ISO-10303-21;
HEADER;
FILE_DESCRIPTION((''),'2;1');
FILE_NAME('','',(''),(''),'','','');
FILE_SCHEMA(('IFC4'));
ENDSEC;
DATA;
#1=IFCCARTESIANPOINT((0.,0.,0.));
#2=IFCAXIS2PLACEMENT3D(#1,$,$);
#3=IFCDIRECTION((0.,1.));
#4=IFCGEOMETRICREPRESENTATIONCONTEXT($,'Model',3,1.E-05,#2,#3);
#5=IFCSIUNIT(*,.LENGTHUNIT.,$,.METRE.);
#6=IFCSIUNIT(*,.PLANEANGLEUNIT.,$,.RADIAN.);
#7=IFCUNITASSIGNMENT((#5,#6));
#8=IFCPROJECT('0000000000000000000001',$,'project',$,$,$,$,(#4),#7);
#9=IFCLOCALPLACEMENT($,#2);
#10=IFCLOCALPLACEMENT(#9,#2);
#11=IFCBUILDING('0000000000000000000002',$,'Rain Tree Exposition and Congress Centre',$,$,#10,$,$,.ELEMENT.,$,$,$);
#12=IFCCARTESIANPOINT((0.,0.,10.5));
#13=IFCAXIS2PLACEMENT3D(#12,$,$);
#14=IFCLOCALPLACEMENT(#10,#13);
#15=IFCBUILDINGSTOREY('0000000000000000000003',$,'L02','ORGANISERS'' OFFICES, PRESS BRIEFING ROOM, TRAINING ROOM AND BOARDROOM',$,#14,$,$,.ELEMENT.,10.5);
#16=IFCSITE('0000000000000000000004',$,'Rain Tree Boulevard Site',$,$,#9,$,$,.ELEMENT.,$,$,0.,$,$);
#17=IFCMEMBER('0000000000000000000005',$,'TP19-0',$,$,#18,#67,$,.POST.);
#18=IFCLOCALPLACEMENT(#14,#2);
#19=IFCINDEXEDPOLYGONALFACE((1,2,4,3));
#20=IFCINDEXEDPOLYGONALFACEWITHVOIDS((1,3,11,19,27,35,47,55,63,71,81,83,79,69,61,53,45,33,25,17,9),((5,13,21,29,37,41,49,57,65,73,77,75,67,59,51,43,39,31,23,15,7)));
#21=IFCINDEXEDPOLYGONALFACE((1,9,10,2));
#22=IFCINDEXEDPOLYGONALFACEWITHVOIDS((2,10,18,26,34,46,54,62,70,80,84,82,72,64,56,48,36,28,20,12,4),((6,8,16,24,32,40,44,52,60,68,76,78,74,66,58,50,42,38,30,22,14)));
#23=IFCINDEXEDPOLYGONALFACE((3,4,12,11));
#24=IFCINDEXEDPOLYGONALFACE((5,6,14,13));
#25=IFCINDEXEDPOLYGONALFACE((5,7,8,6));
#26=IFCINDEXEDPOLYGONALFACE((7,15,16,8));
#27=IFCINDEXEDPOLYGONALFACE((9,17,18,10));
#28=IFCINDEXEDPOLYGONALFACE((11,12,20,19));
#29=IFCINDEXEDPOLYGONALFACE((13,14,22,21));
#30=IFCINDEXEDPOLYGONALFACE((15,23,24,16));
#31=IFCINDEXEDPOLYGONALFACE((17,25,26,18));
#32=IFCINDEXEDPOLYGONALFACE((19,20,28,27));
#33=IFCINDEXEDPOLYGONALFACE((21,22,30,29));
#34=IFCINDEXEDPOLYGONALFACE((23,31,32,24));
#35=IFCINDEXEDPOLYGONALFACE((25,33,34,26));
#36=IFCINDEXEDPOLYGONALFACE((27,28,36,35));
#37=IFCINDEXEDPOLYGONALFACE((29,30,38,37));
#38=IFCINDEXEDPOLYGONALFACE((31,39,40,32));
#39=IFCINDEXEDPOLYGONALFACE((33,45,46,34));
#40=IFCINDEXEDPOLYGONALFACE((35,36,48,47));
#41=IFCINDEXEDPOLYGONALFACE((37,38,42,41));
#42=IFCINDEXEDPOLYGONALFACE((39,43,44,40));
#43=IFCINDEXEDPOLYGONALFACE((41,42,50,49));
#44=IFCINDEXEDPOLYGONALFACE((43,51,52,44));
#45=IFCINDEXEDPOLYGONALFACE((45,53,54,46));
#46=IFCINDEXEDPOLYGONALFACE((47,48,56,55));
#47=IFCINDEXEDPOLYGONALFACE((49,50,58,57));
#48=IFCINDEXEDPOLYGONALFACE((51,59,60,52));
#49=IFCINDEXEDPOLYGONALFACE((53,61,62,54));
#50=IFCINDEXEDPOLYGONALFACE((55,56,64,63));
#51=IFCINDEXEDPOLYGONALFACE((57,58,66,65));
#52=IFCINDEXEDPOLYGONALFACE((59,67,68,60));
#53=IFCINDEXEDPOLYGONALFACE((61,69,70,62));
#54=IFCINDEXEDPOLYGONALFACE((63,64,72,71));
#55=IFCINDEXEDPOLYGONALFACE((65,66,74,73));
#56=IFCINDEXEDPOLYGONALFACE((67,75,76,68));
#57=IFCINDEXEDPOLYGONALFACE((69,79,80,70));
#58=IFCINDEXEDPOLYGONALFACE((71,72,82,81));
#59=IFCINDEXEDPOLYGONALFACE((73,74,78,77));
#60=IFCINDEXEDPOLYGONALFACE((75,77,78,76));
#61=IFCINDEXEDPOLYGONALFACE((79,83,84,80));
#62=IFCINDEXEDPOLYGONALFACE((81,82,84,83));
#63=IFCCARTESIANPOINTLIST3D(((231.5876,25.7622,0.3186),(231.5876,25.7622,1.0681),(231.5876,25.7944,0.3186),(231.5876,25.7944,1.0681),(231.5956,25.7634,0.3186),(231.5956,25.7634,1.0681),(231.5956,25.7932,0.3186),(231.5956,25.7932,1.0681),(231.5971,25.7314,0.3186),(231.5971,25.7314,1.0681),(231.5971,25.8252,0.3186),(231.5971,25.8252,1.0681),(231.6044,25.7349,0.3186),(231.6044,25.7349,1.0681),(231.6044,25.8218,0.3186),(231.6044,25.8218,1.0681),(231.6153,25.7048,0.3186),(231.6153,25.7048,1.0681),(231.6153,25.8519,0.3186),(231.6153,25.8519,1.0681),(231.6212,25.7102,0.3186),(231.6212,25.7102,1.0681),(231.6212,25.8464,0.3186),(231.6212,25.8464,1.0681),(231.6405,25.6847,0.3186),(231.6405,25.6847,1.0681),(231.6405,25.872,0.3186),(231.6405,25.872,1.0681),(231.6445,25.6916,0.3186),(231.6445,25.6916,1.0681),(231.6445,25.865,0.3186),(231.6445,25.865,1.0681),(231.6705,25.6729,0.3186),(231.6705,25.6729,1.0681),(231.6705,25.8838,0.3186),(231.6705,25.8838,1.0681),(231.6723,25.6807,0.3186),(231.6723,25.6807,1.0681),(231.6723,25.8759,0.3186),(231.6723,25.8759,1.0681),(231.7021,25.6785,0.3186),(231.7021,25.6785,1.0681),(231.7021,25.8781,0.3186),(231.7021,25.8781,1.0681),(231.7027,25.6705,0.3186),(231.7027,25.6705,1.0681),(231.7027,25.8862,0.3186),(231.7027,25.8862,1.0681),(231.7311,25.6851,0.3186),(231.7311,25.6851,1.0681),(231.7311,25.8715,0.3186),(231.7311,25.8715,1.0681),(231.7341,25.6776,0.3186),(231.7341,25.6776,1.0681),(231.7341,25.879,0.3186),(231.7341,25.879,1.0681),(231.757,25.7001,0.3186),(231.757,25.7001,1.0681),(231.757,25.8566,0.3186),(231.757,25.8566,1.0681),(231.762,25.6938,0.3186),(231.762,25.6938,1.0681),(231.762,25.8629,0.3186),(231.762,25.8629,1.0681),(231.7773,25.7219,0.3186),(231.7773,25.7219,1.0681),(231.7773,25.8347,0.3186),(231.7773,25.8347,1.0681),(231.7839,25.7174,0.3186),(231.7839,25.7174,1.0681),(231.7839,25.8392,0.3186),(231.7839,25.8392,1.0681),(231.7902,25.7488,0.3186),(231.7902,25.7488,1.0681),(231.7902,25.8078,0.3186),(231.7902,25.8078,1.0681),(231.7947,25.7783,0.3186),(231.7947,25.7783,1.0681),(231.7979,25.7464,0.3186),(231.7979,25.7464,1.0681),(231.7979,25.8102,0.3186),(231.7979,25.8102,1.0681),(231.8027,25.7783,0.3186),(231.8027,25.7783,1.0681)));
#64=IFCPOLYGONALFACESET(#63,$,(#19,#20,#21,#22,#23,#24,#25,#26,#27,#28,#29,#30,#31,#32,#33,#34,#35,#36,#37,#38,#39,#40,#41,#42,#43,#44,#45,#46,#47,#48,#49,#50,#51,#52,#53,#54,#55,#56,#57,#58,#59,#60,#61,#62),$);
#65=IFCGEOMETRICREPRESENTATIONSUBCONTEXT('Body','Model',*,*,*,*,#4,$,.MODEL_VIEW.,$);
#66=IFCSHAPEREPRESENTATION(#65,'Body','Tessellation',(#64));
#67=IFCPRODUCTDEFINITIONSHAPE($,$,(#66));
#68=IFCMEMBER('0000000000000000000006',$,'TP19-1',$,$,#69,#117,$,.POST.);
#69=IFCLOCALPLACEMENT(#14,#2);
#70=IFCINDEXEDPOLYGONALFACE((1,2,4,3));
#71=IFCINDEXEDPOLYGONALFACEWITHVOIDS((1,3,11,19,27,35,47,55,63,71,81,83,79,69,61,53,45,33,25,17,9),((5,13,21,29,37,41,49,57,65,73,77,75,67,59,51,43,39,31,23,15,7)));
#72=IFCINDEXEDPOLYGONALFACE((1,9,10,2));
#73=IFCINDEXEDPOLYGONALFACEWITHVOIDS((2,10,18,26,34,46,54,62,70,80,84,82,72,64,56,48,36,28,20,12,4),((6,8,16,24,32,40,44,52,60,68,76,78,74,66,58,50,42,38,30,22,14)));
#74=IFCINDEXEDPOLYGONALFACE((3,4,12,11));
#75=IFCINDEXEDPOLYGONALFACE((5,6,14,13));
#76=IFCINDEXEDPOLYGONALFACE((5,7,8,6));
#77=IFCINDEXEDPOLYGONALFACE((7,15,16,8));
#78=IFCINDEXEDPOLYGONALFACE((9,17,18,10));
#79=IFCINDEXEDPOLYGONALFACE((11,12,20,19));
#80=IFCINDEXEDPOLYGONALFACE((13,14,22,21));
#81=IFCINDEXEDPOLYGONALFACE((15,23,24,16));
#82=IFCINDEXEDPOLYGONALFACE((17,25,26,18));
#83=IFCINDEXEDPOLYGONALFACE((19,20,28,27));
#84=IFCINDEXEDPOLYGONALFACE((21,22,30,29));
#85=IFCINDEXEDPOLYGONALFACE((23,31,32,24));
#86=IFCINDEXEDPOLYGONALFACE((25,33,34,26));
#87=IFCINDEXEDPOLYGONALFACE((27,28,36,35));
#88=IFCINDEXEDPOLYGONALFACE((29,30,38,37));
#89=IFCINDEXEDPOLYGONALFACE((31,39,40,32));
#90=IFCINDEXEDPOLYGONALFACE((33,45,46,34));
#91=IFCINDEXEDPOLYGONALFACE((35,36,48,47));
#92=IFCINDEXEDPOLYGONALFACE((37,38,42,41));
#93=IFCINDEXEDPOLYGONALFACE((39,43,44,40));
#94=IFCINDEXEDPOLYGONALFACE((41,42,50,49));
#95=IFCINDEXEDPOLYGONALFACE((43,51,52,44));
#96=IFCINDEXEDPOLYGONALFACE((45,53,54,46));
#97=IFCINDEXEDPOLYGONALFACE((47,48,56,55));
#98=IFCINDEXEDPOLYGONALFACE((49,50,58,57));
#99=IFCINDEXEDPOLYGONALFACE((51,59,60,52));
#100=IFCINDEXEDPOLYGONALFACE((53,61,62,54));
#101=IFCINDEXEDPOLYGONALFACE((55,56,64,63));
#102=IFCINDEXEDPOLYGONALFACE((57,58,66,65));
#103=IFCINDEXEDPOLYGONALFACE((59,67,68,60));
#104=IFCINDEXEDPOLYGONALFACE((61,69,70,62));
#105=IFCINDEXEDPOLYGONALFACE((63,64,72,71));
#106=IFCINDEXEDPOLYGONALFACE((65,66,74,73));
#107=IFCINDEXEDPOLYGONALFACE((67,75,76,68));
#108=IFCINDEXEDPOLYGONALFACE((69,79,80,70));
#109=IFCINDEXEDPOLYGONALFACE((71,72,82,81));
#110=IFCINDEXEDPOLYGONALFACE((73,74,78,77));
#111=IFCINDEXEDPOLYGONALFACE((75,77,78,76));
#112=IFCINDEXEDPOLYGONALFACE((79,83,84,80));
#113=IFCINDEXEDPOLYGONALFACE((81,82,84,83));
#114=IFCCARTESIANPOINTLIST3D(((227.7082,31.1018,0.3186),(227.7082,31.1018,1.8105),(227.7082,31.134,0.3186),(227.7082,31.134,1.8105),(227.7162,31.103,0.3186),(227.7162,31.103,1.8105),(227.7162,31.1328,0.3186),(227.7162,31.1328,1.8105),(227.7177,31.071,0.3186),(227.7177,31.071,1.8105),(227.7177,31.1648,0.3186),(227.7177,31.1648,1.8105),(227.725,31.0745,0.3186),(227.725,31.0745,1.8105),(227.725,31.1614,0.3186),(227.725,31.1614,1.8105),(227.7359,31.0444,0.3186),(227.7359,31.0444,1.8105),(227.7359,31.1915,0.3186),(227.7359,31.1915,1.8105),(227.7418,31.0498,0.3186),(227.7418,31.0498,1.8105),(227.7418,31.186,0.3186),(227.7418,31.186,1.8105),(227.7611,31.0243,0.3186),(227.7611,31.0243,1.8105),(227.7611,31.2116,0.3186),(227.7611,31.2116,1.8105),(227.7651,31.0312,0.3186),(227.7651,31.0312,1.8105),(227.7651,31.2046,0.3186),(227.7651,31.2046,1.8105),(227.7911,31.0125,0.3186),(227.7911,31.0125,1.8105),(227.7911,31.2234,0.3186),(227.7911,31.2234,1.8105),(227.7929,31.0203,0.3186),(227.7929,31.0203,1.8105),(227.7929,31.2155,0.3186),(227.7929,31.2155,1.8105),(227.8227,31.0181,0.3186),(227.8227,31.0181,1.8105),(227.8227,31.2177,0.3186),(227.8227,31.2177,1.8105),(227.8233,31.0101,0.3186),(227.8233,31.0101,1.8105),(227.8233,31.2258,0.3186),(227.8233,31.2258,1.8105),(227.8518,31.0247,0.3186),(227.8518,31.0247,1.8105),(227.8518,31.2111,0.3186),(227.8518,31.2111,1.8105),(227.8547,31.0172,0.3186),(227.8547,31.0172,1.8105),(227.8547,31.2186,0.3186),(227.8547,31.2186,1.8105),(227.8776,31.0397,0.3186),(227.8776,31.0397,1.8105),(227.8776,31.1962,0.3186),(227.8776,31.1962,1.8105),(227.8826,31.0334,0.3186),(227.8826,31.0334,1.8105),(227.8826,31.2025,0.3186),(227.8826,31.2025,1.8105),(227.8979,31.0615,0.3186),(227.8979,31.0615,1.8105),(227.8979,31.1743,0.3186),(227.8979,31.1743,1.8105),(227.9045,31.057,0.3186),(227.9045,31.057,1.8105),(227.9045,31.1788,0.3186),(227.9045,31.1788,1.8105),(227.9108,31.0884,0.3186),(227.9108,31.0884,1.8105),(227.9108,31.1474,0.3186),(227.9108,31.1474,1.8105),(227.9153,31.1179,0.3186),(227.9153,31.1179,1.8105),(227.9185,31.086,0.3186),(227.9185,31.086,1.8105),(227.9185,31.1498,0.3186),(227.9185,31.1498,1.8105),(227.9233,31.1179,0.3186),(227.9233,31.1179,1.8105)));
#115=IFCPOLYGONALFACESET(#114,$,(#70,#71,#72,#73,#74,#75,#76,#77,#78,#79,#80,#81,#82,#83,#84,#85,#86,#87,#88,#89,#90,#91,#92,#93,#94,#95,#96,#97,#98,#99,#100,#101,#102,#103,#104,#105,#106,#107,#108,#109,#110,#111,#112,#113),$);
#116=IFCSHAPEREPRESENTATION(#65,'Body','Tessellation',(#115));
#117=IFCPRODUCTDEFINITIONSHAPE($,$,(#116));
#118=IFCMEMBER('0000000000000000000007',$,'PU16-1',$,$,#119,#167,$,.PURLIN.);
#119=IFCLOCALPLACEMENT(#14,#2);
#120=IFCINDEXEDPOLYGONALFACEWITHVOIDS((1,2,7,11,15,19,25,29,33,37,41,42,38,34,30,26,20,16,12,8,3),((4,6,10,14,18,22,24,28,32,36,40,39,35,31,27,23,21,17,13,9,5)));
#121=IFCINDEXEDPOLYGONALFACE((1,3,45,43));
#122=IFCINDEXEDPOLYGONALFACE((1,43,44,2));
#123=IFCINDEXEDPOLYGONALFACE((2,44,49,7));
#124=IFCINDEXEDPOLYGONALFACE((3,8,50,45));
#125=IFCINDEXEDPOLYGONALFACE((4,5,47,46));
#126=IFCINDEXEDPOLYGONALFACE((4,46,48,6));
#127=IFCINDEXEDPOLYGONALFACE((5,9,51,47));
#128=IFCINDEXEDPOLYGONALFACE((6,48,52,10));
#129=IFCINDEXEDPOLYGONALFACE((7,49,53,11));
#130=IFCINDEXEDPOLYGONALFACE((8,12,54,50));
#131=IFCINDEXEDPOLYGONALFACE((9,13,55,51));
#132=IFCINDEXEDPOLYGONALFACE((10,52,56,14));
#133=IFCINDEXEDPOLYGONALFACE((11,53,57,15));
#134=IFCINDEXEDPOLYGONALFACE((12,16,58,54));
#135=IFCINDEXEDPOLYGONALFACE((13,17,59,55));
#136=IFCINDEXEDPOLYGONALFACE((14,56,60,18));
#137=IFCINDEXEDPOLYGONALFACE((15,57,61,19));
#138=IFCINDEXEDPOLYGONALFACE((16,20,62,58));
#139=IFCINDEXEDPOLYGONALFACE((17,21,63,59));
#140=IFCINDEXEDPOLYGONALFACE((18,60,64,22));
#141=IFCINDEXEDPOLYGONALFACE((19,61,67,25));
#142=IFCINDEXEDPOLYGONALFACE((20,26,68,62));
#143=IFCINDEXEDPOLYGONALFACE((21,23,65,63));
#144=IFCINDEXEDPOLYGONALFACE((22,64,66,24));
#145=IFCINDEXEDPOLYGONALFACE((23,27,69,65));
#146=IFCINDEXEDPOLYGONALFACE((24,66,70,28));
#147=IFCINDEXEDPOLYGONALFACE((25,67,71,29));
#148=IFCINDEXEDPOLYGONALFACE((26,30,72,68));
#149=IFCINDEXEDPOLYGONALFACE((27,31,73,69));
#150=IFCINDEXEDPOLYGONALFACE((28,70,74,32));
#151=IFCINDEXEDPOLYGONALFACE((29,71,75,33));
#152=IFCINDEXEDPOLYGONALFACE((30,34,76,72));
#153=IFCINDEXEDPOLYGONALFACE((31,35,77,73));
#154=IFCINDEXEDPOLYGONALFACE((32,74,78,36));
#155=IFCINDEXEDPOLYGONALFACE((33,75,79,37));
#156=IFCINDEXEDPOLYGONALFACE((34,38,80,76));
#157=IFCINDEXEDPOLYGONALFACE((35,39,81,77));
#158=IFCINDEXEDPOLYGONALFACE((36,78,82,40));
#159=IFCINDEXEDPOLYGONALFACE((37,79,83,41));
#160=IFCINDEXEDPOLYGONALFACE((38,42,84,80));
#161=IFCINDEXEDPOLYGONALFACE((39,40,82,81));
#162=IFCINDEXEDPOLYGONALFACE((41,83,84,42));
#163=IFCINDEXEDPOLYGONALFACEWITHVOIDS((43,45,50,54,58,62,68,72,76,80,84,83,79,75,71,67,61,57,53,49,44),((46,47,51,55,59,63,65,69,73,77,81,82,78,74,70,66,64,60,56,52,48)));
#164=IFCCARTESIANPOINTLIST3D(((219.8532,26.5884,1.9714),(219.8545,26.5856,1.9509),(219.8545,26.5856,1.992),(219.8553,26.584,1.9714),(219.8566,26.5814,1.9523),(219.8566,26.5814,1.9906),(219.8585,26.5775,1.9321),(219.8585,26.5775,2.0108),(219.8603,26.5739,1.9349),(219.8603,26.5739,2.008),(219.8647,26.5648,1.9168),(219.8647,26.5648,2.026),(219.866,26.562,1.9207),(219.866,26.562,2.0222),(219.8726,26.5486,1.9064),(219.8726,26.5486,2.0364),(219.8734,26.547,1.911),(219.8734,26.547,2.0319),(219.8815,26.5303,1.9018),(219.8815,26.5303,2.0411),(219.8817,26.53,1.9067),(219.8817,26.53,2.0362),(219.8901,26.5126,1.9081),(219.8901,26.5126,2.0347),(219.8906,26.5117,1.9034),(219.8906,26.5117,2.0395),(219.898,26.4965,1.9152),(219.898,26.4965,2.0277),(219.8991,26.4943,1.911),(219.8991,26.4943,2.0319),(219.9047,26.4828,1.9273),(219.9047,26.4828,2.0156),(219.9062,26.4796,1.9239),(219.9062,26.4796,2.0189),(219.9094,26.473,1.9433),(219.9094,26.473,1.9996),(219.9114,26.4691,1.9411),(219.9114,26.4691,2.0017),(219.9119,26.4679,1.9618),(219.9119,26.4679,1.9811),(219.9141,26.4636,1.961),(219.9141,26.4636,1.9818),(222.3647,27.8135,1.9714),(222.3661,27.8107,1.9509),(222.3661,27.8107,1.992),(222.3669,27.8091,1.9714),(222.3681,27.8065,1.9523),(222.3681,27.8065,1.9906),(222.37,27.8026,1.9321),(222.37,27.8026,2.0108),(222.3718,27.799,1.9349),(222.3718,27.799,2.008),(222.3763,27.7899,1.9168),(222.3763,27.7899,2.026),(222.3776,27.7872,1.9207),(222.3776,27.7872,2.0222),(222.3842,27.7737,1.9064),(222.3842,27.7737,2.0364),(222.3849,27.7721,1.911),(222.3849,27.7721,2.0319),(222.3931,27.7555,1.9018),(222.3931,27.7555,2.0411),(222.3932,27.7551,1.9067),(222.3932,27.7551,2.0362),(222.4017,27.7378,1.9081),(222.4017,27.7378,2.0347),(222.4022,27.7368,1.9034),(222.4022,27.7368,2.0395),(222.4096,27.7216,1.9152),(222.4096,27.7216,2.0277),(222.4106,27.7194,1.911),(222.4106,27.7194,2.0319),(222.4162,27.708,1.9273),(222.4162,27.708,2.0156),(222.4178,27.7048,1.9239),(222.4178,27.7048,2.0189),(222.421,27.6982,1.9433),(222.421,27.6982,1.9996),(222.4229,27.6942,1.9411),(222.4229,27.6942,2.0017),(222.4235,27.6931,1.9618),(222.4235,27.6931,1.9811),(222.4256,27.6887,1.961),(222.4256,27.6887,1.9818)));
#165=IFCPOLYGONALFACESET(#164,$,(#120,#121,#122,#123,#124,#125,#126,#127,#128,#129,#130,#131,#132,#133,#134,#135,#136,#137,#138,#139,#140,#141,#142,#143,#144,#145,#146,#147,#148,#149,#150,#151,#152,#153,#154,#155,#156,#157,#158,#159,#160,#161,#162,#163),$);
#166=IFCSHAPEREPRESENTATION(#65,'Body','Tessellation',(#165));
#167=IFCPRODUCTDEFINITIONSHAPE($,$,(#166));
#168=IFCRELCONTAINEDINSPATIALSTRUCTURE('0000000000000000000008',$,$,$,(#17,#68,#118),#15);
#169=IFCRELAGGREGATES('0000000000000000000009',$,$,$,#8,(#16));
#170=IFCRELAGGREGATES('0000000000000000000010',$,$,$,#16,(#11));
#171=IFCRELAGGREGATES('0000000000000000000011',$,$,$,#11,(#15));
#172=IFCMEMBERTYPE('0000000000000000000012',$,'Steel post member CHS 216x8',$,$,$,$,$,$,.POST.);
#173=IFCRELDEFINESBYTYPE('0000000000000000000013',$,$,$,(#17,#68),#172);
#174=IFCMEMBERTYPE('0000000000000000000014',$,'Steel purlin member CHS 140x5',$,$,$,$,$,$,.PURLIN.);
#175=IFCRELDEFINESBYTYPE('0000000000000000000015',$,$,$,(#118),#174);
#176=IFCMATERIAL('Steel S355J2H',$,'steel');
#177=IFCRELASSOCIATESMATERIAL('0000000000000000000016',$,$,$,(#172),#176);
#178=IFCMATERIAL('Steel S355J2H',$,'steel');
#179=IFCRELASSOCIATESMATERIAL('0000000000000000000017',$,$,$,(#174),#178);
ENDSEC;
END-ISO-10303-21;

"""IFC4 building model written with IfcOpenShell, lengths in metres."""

from ifc_helpers import new_model, si_unit, direction, frame, origin, origin_2d, place, context, subcontext, project, spatial, hollow_circle, extrude, material, material_profile, profile_set, type_object, element, save


model = new_model("IFC4")

# Units and contexts
model_context = context("Model", 3, precision=1e-05, world=origin(), true_north=direction((0.0, 1.0)))
body_context = subcontext(model_context, "Body", "Model", "MODEL_VIEW")
ifc_project = project(units=[si_unit("LENGTHUNIT", "METRE"), si_unit("PLANEANGLEUNIT", "RADIAN")], contexts=[model_context])

# Site, building, storey
site_placement = place(None, origin())
site = spatial("IfcSite", under=ifc_project, at=site_placement, Name="Rain Tree Boulevard Site", CompositionType="ELEMENT", RefElevation=0.0)
building_placement = place(site_placement, origin())
building = spatial("IfcBuilding", under=site, at=building_placement, Name="Rain Tree Exposition and Congress Centre", CompositionType="ELEMENT")
storey_placement = place(building_placement, frame((0.0, 0.0, 10.5)))
storey = spatial("IfcBuildingStorey", under=building, at=storey_placement, Name="L02", Description="ORGANISERS' OFFICES, PRESS BRIEFING ROOM, TRAINING ROOM AND BOARDROOM", CompositionType="ELEMENT", Elevation=10.5)

# Members
ifc_material_1 = material(Name="Steel S355J2H", Category="steel")
ifc_material_profile_1 = material_profile(ifc_material_1, hollow_circle(Radius=0.1082, WallThickness=0.0081, at=origin_2d()), Name="CHS 216x8")
ifc_profile_set_1 = profile_set([ifc_material_profile_1], Name="Steel S355J2H")
member_type_1 = type_object("IfcMemberType", Name="Steel post member CHS 216x8", PredefinedType="POST", material=ifc_profile_set_1)
member_1_placement = place(storey_placement, frame((231.6946, 25.7783, 0.3186), z_axis=(0.0, 0.0, 1.0), x_axis=(1.0, 0.0, 0.0)))
element("IfcMember", 1, at=member_1_placement, inside=storey, type_object=member_type_1, Name="TP19-0", PredefinedType="POST", context=body_context, shape_type="SweptSolid", body=[
    extrude(hollow_circle(Radius=0.1082, WallThickness=0.0081, at=origin_2d()), origin(), (0.0, 0.0, 1.0), 0.7495),
])
member_2_placement = place(storey_placement, frame((227.8152, 31.1179, 0.3186), z_axis=(0.0, 0.0, 1.0), x_axis=(1.0, 0.0, 0.0)))
element("IfcMember", 2, at=member_2_placement, inside=storey, type_object=member_type_1, Name="TP19-1", PredefinedType="POST", context=body_context, shape_type="SweptSolid", body=[
    extrude(hollow_circle(Radius=0.1082, WallThickness=0.0081, at=origin_2d()), origin(), (0.0, 0.0, 1.0), 1.4919),
])
ifc_material_2 = material(Name="Steel S355J2H", Category="steel")
ifc_material_profile_2 = material_profile(ifc_material_2, hollow_circle(Radius=0.0698, WallThickness=0.0049, at=origin_2d()), Name="CHS 140x5")
ifc_profile_set_2 = profile_set([ifc_material_profile_2], Name="Steel S355J2H")
member_type_2 = type_object("IfcMemberType", Name="Steel purlin member CHS 140x5", PredefinedType="PURLIN", material=ifc_profile_set_2)
for number, where, z_axis, x_axis, name in (
    (3, (219.8838, 26.5256, 1.9714), (0.89877, 0.43842, 0.0), (-0.43842, 0.89877, 0.0), "PU16-1"),
):
    element("IfcMember", number, at=place(storey_placement, frame(where, z_axis=z_axis, x_axis=x_axis)), inside=storey, type_object=member_type_2, Name=name, PredefinedType="PURLIN", context=body_context, shape_type="SweptSolid", body=[
        extrude(hollow_circle(Radius=0.0698, WallThickness=0.0049, at=origin_2d()), origin(), (0.0, 0.0, 1.0), 2.7944),
    ])

save(model, "model.ifc")
